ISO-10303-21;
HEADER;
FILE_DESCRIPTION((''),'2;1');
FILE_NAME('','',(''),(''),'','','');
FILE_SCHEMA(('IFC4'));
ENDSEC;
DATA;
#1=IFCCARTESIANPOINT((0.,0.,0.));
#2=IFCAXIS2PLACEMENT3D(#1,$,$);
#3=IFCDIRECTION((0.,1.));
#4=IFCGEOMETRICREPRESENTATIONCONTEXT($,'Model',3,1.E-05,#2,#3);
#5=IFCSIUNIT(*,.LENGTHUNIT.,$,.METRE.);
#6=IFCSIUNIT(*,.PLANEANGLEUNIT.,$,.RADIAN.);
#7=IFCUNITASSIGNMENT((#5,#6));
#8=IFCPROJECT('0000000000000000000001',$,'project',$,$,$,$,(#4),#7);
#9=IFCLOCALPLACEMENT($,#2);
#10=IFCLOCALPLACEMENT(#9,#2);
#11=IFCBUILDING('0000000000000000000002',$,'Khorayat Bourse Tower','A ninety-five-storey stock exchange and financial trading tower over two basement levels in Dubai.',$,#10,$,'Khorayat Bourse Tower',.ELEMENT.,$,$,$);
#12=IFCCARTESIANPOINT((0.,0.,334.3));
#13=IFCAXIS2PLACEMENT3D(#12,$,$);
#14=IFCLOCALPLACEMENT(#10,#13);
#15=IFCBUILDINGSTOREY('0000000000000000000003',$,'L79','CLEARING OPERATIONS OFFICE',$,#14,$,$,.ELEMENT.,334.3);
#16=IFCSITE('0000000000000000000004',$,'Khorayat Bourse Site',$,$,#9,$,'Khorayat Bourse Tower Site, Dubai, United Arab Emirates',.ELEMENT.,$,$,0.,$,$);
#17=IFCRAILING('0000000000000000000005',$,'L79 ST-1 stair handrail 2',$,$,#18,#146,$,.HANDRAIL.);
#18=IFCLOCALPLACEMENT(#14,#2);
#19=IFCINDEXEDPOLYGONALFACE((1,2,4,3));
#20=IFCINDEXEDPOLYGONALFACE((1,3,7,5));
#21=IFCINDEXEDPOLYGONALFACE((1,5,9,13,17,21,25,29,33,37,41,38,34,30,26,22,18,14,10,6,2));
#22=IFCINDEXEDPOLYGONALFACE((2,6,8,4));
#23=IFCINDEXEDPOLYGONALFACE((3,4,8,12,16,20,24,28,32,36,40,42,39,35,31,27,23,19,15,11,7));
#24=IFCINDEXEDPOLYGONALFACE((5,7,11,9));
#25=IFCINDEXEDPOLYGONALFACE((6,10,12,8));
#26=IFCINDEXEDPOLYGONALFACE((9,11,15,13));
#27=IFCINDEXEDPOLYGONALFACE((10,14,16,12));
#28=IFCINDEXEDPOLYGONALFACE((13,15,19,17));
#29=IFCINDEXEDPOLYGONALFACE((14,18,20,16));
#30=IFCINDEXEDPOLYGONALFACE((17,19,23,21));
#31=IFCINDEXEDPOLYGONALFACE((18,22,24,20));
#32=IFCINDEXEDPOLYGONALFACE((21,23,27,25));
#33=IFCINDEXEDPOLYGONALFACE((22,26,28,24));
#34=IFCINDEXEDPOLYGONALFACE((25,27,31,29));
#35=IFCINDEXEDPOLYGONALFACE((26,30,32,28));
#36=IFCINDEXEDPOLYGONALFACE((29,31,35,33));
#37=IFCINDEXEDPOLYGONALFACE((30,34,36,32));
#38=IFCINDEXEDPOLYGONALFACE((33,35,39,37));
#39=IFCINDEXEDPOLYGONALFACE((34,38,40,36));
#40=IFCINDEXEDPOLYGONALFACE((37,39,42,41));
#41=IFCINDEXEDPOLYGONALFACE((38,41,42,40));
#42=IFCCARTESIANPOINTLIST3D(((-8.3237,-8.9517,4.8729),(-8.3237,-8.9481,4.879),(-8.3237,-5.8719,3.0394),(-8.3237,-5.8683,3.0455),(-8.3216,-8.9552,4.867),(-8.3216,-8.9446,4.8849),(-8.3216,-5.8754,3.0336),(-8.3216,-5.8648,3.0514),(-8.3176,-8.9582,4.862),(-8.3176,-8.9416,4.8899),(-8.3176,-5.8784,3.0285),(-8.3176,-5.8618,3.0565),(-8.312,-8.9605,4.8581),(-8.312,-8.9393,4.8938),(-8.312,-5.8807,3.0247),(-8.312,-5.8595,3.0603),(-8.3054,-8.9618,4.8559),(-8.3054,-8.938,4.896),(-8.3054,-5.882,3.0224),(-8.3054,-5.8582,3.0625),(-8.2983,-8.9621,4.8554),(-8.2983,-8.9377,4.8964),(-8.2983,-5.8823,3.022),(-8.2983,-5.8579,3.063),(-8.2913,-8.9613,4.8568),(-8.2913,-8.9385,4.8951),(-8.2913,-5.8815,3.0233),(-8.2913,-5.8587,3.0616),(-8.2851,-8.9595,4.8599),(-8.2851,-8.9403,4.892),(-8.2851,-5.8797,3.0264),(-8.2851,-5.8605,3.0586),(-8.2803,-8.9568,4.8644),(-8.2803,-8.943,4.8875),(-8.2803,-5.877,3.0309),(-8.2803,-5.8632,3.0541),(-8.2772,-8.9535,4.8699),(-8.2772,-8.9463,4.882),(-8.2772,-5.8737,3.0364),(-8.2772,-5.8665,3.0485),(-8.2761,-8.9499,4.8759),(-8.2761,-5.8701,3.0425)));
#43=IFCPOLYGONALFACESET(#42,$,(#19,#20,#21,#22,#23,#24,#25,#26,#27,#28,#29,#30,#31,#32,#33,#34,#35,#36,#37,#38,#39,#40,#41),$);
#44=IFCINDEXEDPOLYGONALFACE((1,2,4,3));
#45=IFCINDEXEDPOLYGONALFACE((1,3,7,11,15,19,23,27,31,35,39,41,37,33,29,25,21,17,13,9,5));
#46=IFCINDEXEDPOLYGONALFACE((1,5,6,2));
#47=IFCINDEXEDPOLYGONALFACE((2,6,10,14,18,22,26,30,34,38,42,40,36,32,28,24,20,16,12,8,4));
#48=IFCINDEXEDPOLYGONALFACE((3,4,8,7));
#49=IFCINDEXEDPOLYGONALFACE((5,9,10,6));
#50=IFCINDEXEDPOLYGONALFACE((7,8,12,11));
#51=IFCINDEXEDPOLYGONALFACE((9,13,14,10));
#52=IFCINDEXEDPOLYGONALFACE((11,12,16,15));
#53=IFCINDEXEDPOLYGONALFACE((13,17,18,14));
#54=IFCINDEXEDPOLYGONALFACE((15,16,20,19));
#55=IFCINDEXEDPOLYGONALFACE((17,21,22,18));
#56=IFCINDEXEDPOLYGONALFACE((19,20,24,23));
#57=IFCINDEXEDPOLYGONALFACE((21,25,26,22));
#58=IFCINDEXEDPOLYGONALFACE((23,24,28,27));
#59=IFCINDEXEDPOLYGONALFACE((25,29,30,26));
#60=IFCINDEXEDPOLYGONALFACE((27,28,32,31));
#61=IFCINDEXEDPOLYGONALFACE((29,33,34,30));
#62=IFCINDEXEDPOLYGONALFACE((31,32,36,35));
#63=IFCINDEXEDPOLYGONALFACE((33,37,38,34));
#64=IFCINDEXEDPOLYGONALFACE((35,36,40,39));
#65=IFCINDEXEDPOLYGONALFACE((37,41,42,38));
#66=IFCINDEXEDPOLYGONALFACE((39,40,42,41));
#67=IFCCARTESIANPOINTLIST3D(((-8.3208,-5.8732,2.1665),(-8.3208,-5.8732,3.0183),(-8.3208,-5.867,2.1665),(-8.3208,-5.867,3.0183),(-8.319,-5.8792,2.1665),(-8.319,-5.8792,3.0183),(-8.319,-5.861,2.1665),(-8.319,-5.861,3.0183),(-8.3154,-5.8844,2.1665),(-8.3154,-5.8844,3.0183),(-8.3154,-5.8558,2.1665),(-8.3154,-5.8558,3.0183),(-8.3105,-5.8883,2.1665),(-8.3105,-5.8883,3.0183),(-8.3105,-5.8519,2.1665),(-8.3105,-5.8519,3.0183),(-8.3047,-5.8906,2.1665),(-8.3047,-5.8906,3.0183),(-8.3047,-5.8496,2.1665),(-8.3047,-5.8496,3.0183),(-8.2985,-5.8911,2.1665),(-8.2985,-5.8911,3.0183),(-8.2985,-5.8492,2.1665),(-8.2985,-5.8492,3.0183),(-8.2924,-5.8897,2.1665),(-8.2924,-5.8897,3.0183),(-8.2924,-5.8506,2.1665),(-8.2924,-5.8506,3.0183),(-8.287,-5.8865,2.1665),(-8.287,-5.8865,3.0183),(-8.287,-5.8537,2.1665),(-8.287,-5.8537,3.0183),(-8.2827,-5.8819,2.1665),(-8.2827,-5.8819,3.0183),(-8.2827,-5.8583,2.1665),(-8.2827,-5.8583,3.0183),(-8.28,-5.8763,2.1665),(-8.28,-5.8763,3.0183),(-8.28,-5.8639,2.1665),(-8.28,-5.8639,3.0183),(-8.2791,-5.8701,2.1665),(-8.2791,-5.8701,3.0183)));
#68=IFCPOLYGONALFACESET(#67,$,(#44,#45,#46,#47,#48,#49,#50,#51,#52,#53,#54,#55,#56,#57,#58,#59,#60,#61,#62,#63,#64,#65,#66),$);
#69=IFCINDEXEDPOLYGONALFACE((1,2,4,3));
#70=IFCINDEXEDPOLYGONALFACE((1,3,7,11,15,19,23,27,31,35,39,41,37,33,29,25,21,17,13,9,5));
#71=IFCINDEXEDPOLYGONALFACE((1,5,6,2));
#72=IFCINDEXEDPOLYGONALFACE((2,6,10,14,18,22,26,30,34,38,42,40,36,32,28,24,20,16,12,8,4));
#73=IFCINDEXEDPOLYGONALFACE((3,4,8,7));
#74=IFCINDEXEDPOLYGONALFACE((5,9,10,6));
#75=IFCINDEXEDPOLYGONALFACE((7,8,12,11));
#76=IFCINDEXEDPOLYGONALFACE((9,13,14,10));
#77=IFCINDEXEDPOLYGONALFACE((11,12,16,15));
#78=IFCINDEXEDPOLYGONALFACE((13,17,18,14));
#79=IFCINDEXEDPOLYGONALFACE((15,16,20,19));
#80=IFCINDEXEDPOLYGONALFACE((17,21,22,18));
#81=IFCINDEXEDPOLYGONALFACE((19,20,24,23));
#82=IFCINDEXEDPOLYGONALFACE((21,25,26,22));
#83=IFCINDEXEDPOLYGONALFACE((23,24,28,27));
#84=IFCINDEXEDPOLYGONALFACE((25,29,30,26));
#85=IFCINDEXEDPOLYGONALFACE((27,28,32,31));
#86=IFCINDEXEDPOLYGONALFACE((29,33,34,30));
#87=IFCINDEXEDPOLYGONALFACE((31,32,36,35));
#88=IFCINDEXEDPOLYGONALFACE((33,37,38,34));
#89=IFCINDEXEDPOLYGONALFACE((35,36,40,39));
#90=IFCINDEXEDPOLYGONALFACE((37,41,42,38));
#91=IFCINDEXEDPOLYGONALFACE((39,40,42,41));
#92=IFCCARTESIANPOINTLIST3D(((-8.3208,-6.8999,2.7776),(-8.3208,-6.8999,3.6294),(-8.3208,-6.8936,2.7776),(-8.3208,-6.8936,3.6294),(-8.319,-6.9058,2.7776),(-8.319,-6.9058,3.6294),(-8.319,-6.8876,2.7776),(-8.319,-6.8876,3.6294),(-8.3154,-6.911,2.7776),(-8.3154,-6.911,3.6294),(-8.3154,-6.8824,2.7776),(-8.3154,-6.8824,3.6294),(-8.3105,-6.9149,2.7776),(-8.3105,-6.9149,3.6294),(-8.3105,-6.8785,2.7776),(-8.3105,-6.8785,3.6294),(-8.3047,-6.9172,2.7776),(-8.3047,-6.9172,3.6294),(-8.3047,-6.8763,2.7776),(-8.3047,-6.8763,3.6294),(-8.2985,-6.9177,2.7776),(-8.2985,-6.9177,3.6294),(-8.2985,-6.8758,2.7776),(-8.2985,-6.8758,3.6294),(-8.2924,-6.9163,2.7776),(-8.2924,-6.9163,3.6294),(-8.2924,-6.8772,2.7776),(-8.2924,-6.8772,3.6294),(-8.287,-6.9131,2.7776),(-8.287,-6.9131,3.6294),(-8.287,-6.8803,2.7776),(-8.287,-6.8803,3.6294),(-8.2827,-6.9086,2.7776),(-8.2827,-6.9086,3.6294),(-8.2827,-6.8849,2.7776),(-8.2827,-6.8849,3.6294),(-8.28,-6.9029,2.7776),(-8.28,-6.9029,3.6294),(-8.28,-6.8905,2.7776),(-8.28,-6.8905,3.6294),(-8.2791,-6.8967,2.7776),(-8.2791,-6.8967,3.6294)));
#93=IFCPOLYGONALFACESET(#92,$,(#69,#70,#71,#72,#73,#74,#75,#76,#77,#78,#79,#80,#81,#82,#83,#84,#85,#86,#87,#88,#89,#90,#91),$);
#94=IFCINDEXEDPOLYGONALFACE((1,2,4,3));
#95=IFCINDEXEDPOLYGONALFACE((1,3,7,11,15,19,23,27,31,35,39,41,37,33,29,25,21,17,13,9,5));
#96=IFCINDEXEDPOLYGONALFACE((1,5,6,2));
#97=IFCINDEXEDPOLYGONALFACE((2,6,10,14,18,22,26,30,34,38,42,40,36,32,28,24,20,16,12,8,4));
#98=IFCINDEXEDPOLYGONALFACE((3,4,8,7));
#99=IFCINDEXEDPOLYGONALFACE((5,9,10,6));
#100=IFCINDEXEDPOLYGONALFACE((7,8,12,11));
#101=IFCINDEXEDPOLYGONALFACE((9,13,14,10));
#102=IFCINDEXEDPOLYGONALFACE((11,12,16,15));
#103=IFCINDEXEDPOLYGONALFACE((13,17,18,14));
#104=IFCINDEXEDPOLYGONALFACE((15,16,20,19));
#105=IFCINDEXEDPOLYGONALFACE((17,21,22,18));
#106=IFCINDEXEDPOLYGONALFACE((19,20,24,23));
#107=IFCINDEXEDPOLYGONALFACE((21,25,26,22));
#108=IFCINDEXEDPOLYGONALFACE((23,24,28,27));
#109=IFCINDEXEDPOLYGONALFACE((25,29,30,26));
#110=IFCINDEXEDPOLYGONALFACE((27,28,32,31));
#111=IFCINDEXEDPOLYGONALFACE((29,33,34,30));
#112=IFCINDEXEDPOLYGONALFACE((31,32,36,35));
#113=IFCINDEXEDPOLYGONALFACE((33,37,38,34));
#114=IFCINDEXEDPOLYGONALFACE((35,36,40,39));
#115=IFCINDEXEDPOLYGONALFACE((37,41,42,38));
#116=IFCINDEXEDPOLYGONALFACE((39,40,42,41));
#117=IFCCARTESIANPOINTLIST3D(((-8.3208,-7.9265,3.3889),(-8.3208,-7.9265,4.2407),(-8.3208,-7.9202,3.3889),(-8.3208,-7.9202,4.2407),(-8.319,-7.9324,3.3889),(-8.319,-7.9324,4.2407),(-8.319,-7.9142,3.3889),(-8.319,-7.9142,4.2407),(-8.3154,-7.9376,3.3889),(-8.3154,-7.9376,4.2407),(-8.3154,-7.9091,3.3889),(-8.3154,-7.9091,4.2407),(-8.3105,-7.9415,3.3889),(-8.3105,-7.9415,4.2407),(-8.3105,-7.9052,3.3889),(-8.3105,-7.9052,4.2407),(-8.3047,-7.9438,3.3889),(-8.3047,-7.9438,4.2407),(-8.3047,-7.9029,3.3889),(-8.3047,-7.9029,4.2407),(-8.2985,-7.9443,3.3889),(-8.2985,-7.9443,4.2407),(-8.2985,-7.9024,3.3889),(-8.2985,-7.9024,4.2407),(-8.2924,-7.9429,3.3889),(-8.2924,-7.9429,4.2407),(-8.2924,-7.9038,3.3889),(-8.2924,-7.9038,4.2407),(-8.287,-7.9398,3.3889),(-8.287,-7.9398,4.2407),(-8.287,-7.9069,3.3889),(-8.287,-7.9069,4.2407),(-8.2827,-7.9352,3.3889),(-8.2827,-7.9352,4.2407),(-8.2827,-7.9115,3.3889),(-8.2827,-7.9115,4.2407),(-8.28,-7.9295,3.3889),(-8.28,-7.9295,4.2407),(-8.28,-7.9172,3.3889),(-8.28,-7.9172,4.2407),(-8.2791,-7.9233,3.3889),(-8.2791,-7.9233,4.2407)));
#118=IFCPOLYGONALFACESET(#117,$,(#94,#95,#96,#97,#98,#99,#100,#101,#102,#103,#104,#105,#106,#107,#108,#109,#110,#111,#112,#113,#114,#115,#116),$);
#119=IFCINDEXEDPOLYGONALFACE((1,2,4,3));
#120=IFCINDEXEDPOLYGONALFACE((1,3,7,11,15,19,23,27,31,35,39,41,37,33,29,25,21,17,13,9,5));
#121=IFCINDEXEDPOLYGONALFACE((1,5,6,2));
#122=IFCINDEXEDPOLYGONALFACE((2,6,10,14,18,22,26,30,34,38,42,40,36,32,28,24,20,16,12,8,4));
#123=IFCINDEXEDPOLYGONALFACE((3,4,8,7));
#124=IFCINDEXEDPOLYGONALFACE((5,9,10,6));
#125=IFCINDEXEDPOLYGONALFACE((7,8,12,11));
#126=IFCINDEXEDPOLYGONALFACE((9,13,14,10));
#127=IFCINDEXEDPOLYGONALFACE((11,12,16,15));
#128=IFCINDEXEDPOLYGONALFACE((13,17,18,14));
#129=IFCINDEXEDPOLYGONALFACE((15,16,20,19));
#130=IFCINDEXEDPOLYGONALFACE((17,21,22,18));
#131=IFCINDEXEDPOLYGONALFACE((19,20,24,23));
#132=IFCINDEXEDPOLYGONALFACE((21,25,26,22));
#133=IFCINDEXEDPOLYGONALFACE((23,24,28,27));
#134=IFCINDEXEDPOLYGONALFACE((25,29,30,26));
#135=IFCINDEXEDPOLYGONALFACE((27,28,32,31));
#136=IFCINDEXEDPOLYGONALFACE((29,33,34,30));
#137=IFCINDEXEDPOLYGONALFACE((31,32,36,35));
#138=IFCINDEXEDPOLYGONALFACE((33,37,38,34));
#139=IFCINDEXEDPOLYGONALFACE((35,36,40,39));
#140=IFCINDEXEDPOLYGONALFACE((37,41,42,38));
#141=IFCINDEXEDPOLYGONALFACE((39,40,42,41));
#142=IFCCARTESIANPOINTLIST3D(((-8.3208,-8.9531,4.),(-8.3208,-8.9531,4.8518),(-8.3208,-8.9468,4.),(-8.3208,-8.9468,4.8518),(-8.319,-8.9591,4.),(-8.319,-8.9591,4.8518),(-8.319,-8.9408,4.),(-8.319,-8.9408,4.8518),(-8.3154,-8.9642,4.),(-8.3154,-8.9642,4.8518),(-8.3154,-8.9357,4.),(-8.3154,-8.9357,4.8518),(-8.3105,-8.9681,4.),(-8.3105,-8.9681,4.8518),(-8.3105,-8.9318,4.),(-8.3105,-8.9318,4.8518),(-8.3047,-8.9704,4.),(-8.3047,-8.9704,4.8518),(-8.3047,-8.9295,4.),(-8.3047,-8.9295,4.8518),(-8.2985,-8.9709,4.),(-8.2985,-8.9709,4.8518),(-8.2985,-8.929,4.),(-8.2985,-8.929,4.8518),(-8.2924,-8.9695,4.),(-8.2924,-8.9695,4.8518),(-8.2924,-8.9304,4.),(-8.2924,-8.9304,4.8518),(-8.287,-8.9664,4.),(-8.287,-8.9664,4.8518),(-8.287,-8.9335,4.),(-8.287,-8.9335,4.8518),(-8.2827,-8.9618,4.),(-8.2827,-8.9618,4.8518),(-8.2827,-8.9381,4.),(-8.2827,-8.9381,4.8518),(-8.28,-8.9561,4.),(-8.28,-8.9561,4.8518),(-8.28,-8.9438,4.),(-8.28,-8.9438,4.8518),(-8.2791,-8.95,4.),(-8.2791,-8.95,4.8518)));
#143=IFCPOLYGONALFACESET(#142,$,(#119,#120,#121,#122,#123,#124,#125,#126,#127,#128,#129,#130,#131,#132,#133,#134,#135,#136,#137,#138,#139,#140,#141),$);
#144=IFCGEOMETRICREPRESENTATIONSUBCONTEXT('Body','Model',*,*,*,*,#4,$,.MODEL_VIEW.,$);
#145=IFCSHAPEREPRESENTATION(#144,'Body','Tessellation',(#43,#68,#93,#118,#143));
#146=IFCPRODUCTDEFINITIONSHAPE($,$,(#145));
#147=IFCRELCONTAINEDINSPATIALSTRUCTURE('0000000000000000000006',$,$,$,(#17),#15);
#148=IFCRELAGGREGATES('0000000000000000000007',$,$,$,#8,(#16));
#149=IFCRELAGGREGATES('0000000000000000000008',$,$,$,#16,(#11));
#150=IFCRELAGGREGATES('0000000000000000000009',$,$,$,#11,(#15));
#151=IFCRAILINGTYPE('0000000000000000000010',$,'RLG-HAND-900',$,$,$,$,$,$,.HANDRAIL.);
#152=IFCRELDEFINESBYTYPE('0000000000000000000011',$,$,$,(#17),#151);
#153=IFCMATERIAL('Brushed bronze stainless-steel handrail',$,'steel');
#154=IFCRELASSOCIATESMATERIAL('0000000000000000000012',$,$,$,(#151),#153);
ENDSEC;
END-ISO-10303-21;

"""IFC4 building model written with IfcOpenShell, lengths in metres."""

from ifc_helpers import new_model, si_unit, direction, frame, origin, origin_2d, place, context, subcontext, project, spatial, circle, extrude, source, transform, mapped, material, type_object, element, save


model = new_model("IFC4")

# Units and contexts
model_context = context("Model", 3, precision=1e-05, world=origin(), true_north=direction((0.0, 1.0)))
body_context = subcontext(model_context, "Body", "Model", "MODEL_VIEW")
ifc_project = project(units=[si_unit("LENGTHUNIT", "METRE"), si_unit("PLANEANGLEUNIT", "RADIAN")], contexts=[model_context])

# Site, building, storey
site_placement = place(None, origin())
site = spatial("IfcSite", under=ifc_project, at=site_placement, Name="Khorayat Bourse Site", LongName="Khorayat Bourse Tower Site, Dubai, United Arab Emirates", CompositionType="ELEMENT", RefElevation=0.0)
building_placement = place(site_placement, origin())
building = spatial("IfcBuilding", under=site, at=building_placement, Name="Khorayat Bourse Tower", Description="A ninety-five-storey stock exchange and financial trading tower over two basement levels in Dubai.", LongName="Khorayat Bourse Tower", CompositionType="ELEMENT")
storey_placement = place(building_placement, frame((0.0, 0.0, 334.3)))
storey = spatial("IfcBuildingStorey", under=building, at=storey_placement, Name="L79", Description="CLEARING OPERATIONS OFFICE", CompositionType="ELEMENT", Elevation=334.3)

# Railing
ifc_material_1 = material(Name="Brushed bronze stainless-steel handrail", Category="steel")
railing_type_1 = type_object("IfcRailingType", Name="RLG-HAND-900", PredefinedType="HANDRAIL", material=ifc_material_1)
shared_shape_1 = source(origin(), body_context, "Body", "SweptSolid", [
    extrude(circle(Radius=0.0239, at=origin_2d()), frame((0.0, 0.0, 0.876), z_axis=(0.0, -0.859261, 0.511538), x_axis=(1.0, 0.0, 0.0)), (0.0, 0.0, 1.0), 3.5842),
    extrude(circle(Radius=0.021, at=origin_2d()), origin(), (0.0, 0.0, 1.0), 0.8518),
    extrude(circle(Radius=0.021, at=origin_2d()), frame((0.0, -1.0266, 0.6111)), (0.0, 0.0, 1.0), 0.8518),
    extrude(circle(Radius=0.021, at=origin_2d()), frame((0.0, -2.0532, 1.2224)), (0.0, 0.0, 1.0), 0.8518),
    extrude(circle(Radius=0.021, at=origin_2d()), frame((0.0, -3.0798, 1.8335)), (0.0, 0.0, 1.0), 0.8518),
])
railing_1_placement = place(storey_placement, frame((-8.3, -5.8701, 2.1665)))
element("IfcRailing", 1, at=railing_1_placement, inside=storey, type_object=railing_type_1, Name="L79 ST-1 stair handrail 2", PredefinedType="HANDRAIL", context=body_context, shape_type="MappedRepresentation", body=[
    mapped(shared_shape_1, transform((0.0, 0.0, 0.0), scale=1.0)),
])

save(model, "model.ifc")
